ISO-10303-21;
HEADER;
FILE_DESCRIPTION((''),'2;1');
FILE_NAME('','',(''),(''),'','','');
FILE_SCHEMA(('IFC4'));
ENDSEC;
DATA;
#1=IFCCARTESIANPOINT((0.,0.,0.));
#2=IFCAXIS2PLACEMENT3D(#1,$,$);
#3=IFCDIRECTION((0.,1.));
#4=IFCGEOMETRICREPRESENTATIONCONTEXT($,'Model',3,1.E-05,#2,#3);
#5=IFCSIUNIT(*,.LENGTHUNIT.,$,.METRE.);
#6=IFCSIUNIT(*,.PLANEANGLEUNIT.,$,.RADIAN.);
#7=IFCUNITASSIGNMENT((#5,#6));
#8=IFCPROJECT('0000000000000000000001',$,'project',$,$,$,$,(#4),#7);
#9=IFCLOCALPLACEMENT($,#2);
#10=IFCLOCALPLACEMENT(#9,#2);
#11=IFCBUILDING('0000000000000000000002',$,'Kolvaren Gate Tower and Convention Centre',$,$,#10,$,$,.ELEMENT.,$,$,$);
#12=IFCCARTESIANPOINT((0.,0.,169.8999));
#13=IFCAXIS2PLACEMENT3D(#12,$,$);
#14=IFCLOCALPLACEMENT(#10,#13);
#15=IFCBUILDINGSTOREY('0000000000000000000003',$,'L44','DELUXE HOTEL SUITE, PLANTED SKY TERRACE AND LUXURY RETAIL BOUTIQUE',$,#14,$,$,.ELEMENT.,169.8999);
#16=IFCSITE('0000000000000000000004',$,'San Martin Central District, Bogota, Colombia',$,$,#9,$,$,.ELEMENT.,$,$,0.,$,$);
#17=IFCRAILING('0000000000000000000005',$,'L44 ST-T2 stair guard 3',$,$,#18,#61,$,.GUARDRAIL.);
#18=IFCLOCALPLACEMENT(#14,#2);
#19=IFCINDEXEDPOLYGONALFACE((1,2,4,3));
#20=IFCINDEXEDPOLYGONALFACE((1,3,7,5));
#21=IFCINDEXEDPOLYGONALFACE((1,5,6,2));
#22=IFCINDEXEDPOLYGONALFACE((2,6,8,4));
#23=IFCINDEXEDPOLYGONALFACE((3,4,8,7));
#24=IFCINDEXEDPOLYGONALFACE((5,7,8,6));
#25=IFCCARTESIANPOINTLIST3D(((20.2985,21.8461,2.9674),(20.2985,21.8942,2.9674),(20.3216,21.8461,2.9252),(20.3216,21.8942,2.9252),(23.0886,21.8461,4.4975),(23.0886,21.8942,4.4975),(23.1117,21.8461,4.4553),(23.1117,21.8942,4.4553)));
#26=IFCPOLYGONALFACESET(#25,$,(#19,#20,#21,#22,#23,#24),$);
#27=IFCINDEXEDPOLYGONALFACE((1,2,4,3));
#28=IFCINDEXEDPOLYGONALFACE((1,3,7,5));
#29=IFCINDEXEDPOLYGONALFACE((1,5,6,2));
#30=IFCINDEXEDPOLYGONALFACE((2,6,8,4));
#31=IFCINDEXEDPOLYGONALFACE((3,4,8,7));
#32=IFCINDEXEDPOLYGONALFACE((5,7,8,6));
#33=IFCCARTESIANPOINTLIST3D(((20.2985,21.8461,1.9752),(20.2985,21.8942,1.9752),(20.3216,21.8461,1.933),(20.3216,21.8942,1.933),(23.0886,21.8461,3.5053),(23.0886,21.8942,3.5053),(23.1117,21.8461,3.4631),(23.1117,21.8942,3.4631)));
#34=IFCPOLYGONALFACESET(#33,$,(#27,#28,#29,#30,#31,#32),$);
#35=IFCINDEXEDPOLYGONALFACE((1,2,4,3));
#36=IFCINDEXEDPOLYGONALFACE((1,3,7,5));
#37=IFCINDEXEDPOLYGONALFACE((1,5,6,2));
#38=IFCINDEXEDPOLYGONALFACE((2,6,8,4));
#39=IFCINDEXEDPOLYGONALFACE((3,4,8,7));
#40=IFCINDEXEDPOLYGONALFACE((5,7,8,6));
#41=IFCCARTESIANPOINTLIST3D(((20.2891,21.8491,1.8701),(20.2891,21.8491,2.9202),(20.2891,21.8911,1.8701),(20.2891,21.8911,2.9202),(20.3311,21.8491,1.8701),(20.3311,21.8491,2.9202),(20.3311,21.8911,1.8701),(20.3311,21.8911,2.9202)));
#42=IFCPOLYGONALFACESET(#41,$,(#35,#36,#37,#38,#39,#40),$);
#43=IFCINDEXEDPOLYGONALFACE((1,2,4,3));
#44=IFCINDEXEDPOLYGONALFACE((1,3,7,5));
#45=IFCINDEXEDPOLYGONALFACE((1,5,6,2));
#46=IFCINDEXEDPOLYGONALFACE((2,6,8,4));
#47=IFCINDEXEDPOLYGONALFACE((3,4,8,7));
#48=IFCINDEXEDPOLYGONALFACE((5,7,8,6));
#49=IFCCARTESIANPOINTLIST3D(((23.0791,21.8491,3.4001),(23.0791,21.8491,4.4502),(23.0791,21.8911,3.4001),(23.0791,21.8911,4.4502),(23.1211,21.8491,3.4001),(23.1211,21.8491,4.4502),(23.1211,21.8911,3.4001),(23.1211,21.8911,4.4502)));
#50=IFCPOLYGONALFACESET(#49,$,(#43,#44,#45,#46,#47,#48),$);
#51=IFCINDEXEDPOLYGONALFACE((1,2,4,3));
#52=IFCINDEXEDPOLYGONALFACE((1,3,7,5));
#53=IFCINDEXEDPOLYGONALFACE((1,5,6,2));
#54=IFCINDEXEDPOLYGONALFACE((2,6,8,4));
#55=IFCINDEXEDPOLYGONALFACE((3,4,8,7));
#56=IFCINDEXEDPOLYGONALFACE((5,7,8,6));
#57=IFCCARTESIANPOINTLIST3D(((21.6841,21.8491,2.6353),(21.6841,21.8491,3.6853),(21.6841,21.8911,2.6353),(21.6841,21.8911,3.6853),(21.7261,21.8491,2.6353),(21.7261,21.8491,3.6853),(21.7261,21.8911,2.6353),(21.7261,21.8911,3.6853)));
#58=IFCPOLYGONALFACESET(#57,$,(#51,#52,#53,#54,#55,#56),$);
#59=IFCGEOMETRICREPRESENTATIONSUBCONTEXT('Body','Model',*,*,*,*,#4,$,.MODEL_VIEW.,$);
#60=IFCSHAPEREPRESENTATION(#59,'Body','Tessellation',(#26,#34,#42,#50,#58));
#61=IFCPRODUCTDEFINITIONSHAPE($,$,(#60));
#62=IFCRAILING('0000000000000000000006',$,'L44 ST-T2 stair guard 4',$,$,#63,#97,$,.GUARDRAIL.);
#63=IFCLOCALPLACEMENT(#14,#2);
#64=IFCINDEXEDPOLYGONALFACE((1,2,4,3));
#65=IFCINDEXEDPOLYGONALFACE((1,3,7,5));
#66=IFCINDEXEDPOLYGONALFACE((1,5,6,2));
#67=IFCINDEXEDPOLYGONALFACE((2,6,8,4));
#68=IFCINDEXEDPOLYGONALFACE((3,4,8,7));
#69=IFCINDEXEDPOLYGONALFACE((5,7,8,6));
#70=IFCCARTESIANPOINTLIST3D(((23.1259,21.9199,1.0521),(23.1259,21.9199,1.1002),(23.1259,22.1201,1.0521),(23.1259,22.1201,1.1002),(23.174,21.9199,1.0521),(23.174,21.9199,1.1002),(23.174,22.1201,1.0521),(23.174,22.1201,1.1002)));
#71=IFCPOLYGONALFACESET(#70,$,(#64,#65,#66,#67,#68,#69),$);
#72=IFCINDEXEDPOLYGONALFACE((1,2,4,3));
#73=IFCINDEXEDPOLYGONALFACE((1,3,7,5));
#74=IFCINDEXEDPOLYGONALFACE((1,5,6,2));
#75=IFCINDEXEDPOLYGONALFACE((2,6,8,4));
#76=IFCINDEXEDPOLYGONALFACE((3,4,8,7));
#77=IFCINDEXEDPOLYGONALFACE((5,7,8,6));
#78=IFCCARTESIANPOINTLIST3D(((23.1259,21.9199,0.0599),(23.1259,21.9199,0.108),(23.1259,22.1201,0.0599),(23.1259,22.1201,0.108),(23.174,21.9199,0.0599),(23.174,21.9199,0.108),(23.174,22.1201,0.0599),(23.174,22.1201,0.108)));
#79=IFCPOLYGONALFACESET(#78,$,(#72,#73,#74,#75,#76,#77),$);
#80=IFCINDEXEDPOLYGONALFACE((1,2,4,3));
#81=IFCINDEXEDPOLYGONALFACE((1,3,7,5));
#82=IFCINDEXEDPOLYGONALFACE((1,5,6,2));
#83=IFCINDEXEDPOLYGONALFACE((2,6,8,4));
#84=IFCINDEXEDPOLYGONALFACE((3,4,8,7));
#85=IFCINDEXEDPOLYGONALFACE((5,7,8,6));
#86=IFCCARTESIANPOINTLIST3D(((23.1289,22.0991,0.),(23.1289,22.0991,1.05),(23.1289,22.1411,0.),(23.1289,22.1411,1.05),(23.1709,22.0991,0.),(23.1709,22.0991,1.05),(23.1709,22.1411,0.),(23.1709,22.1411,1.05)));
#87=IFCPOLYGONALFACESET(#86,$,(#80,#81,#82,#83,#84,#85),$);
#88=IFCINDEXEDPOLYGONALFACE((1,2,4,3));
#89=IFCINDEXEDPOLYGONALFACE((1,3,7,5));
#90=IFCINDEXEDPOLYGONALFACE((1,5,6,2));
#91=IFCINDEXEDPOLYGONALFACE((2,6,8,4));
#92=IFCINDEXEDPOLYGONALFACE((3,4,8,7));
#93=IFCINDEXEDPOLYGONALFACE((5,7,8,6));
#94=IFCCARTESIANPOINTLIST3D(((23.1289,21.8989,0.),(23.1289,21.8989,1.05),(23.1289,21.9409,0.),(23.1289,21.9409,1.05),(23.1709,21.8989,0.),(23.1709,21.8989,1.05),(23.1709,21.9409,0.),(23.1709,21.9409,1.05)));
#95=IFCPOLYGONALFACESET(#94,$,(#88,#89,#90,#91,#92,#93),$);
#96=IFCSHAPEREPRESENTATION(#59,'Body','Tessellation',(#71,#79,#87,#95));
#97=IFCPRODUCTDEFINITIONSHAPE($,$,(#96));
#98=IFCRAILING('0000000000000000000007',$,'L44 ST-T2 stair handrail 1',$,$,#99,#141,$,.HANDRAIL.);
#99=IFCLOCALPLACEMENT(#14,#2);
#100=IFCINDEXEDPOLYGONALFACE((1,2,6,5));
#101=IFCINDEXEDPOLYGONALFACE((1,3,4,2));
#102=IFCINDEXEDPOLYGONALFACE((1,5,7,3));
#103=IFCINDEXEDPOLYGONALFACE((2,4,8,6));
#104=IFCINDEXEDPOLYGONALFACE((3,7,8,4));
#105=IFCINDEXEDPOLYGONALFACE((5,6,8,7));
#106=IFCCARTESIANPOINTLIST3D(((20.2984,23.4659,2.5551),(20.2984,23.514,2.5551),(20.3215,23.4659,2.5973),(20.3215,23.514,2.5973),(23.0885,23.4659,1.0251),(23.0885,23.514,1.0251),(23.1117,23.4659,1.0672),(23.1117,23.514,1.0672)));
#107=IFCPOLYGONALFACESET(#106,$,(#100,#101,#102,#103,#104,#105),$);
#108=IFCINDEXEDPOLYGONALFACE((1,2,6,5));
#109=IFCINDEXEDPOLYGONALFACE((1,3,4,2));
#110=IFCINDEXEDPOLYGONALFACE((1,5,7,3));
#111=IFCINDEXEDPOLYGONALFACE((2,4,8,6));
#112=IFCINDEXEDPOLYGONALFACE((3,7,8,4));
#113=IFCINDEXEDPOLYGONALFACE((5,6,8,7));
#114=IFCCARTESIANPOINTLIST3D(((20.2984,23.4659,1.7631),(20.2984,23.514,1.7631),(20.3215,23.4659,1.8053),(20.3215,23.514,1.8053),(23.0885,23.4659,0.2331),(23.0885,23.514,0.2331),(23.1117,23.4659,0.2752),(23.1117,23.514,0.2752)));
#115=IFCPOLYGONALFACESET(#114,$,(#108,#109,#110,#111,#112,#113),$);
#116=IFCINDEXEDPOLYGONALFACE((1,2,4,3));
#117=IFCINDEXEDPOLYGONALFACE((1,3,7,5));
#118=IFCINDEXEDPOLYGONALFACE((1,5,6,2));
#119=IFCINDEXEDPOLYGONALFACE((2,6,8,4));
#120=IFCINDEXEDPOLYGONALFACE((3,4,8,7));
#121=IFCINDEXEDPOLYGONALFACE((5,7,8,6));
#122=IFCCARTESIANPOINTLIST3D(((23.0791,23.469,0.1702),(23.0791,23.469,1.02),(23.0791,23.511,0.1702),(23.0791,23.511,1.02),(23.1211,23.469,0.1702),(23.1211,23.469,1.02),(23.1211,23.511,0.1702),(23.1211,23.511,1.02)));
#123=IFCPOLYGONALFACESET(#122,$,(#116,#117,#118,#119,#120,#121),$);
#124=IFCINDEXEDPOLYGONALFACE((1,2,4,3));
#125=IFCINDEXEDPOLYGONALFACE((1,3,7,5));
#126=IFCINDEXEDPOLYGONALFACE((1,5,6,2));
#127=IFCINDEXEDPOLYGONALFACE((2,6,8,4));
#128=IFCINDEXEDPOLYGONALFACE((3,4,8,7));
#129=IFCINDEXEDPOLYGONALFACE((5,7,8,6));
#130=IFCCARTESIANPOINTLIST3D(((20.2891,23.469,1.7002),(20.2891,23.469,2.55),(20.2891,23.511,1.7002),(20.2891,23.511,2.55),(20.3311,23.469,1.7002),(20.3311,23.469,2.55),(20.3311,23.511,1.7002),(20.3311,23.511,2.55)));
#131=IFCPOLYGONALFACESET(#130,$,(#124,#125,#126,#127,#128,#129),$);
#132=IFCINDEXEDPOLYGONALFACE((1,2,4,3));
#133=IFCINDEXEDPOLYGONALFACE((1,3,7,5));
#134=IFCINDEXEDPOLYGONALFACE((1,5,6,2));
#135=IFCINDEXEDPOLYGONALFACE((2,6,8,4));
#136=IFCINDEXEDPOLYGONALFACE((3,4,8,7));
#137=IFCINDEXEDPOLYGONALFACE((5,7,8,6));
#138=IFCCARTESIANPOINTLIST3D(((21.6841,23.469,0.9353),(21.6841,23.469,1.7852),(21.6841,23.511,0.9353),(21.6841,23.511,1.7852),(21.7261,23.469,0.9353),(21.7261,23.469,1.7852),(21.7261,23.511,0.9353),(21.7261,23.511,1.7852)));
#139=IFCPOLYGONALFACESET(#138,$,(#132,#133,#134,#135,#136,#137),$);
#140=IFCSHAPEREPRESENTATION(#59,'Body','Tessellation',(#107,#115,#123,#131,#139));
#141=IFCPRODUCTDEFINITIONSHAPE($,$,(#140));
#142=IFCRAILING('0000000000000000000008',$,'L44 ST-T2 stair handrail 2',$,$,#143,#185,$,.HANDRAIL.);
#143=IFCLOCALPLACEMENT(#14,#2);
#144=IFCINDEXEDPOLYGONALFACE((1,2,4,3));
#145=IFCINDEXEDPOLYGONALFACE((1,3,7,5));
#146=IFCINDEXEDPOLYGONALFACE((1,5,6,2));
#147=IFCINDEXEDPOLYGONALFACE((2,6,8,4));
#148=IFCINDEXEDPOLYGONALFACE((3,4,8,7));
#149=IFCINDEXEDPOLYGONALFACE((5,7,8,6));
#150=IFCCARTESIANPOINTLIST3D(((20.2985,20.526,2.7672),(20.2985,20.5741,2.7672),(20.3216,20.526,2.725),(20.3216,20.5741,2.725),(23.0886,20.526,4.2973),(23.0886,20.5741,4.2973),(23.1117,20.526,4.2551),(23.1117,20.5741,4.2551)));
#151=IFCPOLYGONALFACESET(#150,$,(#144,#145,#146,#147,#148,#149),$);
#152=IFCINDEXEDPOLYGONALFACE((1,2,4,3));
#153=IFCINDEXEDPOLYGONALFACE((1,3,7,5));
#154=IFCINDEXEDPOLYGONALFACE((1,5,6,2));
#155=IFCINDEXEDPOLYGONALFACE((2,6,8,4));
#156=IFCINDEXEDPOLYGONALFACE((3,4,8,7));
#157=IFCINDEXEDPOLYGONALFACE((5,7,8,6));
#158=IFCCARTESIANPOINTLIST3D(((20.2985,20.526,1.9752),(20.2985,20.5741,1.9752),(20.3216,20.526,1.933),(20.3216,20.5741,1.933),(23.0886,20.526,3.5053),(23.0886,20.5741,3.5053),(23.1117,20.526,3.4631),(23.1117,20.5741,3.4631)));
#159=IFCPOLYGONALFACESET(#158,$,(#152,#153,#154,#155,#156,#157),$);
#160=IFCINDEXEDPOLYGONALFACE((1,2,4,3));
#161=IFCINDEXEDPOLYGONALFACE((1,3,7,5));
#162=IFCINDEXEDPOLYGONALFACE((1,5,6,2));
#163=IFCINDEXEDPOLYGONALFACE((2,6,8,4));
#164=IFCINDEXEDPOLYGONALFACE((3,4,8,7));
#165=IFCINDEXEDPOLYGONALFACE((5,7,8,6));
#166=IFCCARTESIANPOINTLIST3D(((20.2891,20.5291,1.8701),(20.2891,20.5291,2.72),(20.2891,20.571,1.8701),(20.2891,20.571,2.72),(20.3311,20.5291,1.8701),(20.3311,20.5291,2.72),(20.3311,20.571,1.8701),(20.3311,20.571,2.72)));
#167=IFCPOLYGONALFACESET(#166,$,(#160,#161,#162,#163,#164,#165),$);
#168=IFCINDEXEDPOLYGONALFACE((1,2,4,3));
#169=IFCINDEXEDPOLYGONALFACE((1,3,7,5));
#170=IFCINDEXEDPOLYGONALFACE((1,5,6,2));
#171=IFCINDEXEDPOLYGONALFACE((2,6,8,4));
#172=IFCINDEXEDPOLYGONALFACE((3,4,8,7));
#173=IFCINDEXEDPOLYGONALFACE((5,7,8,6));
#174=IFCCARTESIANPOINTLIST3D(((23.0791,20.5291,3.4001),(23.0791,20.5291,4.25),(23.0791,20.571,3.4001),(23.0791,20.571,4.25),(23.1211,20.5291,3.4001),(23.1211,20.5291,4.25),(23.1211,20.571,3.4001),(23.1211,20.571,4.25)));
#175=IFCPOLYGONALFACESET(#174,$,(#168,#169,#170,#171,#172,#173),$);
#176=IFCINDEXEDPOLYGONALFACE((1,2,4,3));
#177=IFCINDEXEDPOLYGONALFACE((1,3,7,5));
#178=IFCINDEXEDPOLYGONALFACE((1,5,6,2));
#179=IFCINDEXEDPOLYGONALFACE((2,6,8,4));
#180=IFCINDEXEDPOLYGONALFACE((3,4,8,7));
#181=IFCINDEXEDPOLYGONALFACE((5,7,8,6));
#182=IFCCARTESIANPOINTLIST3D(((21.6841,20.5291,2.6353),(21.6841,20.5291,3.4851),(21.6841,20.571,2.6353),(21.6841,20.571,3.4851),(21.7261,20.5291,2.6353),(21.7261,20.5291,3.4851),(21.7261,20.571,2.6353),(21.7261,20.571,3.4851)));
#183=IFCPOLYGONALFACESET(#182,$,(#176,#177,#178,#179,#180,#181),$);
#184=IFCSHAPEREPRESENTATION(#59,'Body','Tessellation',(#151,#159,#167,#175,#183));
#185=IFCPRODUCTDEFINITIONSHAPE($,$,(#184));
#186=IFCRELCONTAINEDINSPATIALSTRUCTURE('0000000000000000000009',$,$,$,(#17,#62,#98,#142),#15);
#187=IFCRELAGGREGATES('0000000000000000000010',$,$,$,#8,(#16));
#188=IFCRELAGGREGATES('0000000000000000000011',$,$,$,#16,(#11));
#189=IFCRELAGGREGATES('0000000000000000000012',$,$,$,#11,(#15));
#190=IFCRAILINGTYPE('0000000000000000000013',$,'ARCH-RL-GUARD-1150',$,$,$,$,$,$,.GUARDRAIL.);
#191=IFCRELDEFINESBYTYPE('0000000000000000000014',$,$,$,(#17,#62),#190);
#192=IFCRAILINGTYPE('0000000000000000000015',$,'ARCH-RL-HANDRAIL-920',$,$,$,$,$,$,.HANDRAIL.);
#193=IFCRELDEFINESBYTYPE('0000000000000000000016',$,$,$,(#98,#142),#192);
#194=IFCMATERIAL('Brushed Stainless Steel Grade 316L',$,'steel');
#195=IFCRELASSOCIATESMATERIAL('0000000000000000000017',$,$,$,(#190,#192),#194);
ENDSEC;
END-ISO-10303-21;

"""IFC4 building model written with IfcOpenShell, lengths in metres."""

from ifc_helpers import new_model, si_unit, direction, frame, origin, origin_2d, place, context, subcontext, project, spatial, rectangle, extrude, material, type_object, element, save


model = new_model("IFC4")

# Units and contexts
model_context = context("Model", 3, precision=1e-05, world=origin(), true_north=direction((0.0, 1.0)))
body_context = subcontext(model_context, "Body", "Model", "MODEL_VIEW")
ifc_project = project(units=[si_unit("LENGTHUNIT", "METRE"), si_unit("PLANEANGLEUNIT", "RADIAN")], contexts=[model_context])

# Site, building, storey
site_placement = place(None, origin())
site = spatial("IfcSite", under=ifc_project, at=site_placement, Name="San Martin Central District, Bogota, Colombia", CompositionType="ELEMENT", RefElevation=0.0)
building_placement = place(site_placement, origin())
building = spatial("IfcBuilding", under=site, at=building_placement, Name="Kolvaren Gate Tower and Convention Centre", CompositionType="ELEMENT")
storey_placement = place(building_placement, frame((0.0, 0.0, 169.8999)))
storey = spatial("IfcBuildingStorey", under=building, at=storey_placement, Name="L44", Description="DELUXE HOTEL SUITE, PLANTED SKY TERRACE AND LUXURY RETAIL BOUTIQUE", CompositionType="ELEMENT", Elevation=169.8999)

# Railings
ifc_material_1 = material(Name="Brushed Stainless Steel Grade 316L", Category="steel")
railing_type_1 = type_object("IfcRailingType", Name="ARCH-RL-GUARD-1150", PredefinedType="GUARDRAIL", material=ifc_material_1)
railing_1_placement = place(storey_placement, frame((20.3101, 21.8701, 1.8701)))
element("IfcRailing", 1, at=railing_1_placement, inside=storey, type_object=railing_type_1, Name="L44 ST-T2 stair guard 3", PredefinedType="GUARDRAIL", context=body_context, shape_type="SweptSolid", body=[
    extrude(rectangle(XDim=0.0481, YDim=0.0481, at=origin_2d()), frame((0.0, 0.0, 1.0762), z_axis=(0.876811, 0.0, 0.480835), x_axis=(0.0, 1.0, 0.0)), (0.0, 0.0, 1.0), 3.1821),
    extrude(rectangle(XDim=0.0481, YDim=0.0481, at=origin_2d()), frame((0.0, 0.0, 0.084), z_axis=(0.876811, 0.0, 0.480835), x_axis=(0.0, 1.0, 0.0)), (0.0, 0.0, 1.0), 3.1821),
    extrude(rectangle(XDim=0.042, YDim=0.042, at=origin_2d()), origin(), (0.0, 0.0, 1.0), 1.05),
    extrude(rectangle(XDim=0.042, YDim=0.042, at=origin_2d()), frame((2.79, 0.0, 1.53)), (0.0, 0.0, 1.0), 1.05),
    extrude(rectangle(XDim=0.042, YDim=0.042, at=origin_2d()), frame((1.395, 0.0, 0.7651)), (0.0, 0.0, 1.0), 1.05),
])
railing_2_placement = place(storey_placement, frame((23.1499, 22.1201, 0.0)))
element("IfcRailing", 2, at=railing_2_placement, inside=storey, type_object=railing_type_1, Name="L44 ST-T2 stair guard 4", PredefinedType="GUARDRAIL", context=body_context, shape_type="SweptSolid", body=[
    extrude(rectangle(XDim=0.0481, YDim=0.0481, at=origin_2d()), frame((0.0, 0.0, 1.0762), z_axis=(0.0, -1.0, 0.0), x_axis=(1.0, 0.0, 0.0)), (0.0, 0.0, 1.0), 0.2002),
    extrude(rectangle(XDim=0.0481, YDim=0.0481, at=origin_2d()), frame((0.0, 0.0, 0.084), z_axis=(0.0, -1.0, 0.0), x_axis=(1.0, 0.0, 0.0)), (0.0, 0.0, 1.0), 0.2002),
    extrude(rectangle(XDim=0.042, YDim=0.042, at=origin_2d()), origin(), (0.0, 0.0, 1.0), 1.05),
    extrude(rectangle(XDim=0.042, YDim=0.042, at=origin_2d()), frame((0.0, -0.2002, 0.0)), (0.0, 0.0, 1.0), 1.05),
])
railing_type_2 = type_object("IfcRailingType", Name="ARCH-RL-HANDRAIL-920", PredefinedType="HANDRAIL", material=ifc_material_1)
railing_3_placement = place(storey_placement, frame((23.1001, 23.49, 0.1702)))
element("IfcRailing", 3, at=railing_3_placement, inside=storey, type_object=railing_type_2, Name="L44 ST-T2 stair handrail 1", PredefinedType="HANDRAIL", context=body_context, shape_type="SweptSolid", body=[
    extrude(rectangle(XDim=0.0481, YDim=0.0481, at=origin_2d()), frame((0.0, 0.0, 0.876), z_axis=(-0.876811, 0.0, 0.480835), x_axis=(0.0, -1.0, 0.0)), (0.0, 0.0, 1.0), 3.1821),
    extrude(rectangle(XDim=0.0481, YDim=0.0481, at=origin_2d()), frame((0.0, 0.0, 0.084), z_axis=(-0.876811, 0.0, 0.480835), x_axis=(0.0, -1.0, 0.0)), (0.0, 0.0, 1.0), 3.1821),
    extrude(rectangle(XDim=0.042, YDim=0.042, at=origin_2d()), origin(), (0.0, 0.0, 1.0), 0.8499),
    extrude(rectangle(XDim=0.042, YDim=0.042, at=origin_2d()), frame((-2.79, 0.0, 1.53)), (0.0, 0.0, 1.0), 0.8499),
    extrude(rectangle(XDim=0.042, YDim=0.042, at=origin_2d()), frame((-1.395, 0.0, 0.7651)), (0.0, 0.0, 1.0), 0.8499),
])
railing_4_placement = place(storey_placement, frame((20.3101, 20.55, 1.8701)))
element("IfcRailing", 4, at=railing_4_placement, inside=storey, type_object=railing_type_2, Name="L44 ST-T2 stair handrail 2", PredefinedType="HANDRAIL", context=body_context, shape_type="SweptSolid", body=[
    extrude(rectangle(XDim=0.0481, YDim=0.0481, at=origin_2d()), frame((0.0, 0.0, 0.876), z_axis=(0.876811, 0.0, 0.480835), x_axis=(0.0, 1.0, 0.0)), (0.0, 0.0, 1.0), 3.1821),
    extrude(rectangle(XDim=0.0481, YDim=0.0481, at=origin_2d()), frame((0.0, 0.0, 0.084), z_axis=(0.876811, 0.0, 0.480835), x_axis=(0.0, 1.0, 0.0)), (0.0, 0.0, 1.0), 3.1821),
    extrude(rectangle(XDim=0.042, YDim=0.042, at=origin_2d()), origin(), (0.0, 0.0, 1.0), 0.8499),
    extrude(rectangle(XDim=0.042, YDim=0.042, at=origin_2d()), frame((2.79, 0.0, 1.53)), (0.0, 0.0, 1.0), 0.8499),
    extrude(rectangle(XDim=0.042, YDim=0.042, at=origin_2d()), frame((1.395, 0.0, 0.7651)), (0.0, 0.0, 1.0), 0.8499),
])

save(model, "model.ifc")
